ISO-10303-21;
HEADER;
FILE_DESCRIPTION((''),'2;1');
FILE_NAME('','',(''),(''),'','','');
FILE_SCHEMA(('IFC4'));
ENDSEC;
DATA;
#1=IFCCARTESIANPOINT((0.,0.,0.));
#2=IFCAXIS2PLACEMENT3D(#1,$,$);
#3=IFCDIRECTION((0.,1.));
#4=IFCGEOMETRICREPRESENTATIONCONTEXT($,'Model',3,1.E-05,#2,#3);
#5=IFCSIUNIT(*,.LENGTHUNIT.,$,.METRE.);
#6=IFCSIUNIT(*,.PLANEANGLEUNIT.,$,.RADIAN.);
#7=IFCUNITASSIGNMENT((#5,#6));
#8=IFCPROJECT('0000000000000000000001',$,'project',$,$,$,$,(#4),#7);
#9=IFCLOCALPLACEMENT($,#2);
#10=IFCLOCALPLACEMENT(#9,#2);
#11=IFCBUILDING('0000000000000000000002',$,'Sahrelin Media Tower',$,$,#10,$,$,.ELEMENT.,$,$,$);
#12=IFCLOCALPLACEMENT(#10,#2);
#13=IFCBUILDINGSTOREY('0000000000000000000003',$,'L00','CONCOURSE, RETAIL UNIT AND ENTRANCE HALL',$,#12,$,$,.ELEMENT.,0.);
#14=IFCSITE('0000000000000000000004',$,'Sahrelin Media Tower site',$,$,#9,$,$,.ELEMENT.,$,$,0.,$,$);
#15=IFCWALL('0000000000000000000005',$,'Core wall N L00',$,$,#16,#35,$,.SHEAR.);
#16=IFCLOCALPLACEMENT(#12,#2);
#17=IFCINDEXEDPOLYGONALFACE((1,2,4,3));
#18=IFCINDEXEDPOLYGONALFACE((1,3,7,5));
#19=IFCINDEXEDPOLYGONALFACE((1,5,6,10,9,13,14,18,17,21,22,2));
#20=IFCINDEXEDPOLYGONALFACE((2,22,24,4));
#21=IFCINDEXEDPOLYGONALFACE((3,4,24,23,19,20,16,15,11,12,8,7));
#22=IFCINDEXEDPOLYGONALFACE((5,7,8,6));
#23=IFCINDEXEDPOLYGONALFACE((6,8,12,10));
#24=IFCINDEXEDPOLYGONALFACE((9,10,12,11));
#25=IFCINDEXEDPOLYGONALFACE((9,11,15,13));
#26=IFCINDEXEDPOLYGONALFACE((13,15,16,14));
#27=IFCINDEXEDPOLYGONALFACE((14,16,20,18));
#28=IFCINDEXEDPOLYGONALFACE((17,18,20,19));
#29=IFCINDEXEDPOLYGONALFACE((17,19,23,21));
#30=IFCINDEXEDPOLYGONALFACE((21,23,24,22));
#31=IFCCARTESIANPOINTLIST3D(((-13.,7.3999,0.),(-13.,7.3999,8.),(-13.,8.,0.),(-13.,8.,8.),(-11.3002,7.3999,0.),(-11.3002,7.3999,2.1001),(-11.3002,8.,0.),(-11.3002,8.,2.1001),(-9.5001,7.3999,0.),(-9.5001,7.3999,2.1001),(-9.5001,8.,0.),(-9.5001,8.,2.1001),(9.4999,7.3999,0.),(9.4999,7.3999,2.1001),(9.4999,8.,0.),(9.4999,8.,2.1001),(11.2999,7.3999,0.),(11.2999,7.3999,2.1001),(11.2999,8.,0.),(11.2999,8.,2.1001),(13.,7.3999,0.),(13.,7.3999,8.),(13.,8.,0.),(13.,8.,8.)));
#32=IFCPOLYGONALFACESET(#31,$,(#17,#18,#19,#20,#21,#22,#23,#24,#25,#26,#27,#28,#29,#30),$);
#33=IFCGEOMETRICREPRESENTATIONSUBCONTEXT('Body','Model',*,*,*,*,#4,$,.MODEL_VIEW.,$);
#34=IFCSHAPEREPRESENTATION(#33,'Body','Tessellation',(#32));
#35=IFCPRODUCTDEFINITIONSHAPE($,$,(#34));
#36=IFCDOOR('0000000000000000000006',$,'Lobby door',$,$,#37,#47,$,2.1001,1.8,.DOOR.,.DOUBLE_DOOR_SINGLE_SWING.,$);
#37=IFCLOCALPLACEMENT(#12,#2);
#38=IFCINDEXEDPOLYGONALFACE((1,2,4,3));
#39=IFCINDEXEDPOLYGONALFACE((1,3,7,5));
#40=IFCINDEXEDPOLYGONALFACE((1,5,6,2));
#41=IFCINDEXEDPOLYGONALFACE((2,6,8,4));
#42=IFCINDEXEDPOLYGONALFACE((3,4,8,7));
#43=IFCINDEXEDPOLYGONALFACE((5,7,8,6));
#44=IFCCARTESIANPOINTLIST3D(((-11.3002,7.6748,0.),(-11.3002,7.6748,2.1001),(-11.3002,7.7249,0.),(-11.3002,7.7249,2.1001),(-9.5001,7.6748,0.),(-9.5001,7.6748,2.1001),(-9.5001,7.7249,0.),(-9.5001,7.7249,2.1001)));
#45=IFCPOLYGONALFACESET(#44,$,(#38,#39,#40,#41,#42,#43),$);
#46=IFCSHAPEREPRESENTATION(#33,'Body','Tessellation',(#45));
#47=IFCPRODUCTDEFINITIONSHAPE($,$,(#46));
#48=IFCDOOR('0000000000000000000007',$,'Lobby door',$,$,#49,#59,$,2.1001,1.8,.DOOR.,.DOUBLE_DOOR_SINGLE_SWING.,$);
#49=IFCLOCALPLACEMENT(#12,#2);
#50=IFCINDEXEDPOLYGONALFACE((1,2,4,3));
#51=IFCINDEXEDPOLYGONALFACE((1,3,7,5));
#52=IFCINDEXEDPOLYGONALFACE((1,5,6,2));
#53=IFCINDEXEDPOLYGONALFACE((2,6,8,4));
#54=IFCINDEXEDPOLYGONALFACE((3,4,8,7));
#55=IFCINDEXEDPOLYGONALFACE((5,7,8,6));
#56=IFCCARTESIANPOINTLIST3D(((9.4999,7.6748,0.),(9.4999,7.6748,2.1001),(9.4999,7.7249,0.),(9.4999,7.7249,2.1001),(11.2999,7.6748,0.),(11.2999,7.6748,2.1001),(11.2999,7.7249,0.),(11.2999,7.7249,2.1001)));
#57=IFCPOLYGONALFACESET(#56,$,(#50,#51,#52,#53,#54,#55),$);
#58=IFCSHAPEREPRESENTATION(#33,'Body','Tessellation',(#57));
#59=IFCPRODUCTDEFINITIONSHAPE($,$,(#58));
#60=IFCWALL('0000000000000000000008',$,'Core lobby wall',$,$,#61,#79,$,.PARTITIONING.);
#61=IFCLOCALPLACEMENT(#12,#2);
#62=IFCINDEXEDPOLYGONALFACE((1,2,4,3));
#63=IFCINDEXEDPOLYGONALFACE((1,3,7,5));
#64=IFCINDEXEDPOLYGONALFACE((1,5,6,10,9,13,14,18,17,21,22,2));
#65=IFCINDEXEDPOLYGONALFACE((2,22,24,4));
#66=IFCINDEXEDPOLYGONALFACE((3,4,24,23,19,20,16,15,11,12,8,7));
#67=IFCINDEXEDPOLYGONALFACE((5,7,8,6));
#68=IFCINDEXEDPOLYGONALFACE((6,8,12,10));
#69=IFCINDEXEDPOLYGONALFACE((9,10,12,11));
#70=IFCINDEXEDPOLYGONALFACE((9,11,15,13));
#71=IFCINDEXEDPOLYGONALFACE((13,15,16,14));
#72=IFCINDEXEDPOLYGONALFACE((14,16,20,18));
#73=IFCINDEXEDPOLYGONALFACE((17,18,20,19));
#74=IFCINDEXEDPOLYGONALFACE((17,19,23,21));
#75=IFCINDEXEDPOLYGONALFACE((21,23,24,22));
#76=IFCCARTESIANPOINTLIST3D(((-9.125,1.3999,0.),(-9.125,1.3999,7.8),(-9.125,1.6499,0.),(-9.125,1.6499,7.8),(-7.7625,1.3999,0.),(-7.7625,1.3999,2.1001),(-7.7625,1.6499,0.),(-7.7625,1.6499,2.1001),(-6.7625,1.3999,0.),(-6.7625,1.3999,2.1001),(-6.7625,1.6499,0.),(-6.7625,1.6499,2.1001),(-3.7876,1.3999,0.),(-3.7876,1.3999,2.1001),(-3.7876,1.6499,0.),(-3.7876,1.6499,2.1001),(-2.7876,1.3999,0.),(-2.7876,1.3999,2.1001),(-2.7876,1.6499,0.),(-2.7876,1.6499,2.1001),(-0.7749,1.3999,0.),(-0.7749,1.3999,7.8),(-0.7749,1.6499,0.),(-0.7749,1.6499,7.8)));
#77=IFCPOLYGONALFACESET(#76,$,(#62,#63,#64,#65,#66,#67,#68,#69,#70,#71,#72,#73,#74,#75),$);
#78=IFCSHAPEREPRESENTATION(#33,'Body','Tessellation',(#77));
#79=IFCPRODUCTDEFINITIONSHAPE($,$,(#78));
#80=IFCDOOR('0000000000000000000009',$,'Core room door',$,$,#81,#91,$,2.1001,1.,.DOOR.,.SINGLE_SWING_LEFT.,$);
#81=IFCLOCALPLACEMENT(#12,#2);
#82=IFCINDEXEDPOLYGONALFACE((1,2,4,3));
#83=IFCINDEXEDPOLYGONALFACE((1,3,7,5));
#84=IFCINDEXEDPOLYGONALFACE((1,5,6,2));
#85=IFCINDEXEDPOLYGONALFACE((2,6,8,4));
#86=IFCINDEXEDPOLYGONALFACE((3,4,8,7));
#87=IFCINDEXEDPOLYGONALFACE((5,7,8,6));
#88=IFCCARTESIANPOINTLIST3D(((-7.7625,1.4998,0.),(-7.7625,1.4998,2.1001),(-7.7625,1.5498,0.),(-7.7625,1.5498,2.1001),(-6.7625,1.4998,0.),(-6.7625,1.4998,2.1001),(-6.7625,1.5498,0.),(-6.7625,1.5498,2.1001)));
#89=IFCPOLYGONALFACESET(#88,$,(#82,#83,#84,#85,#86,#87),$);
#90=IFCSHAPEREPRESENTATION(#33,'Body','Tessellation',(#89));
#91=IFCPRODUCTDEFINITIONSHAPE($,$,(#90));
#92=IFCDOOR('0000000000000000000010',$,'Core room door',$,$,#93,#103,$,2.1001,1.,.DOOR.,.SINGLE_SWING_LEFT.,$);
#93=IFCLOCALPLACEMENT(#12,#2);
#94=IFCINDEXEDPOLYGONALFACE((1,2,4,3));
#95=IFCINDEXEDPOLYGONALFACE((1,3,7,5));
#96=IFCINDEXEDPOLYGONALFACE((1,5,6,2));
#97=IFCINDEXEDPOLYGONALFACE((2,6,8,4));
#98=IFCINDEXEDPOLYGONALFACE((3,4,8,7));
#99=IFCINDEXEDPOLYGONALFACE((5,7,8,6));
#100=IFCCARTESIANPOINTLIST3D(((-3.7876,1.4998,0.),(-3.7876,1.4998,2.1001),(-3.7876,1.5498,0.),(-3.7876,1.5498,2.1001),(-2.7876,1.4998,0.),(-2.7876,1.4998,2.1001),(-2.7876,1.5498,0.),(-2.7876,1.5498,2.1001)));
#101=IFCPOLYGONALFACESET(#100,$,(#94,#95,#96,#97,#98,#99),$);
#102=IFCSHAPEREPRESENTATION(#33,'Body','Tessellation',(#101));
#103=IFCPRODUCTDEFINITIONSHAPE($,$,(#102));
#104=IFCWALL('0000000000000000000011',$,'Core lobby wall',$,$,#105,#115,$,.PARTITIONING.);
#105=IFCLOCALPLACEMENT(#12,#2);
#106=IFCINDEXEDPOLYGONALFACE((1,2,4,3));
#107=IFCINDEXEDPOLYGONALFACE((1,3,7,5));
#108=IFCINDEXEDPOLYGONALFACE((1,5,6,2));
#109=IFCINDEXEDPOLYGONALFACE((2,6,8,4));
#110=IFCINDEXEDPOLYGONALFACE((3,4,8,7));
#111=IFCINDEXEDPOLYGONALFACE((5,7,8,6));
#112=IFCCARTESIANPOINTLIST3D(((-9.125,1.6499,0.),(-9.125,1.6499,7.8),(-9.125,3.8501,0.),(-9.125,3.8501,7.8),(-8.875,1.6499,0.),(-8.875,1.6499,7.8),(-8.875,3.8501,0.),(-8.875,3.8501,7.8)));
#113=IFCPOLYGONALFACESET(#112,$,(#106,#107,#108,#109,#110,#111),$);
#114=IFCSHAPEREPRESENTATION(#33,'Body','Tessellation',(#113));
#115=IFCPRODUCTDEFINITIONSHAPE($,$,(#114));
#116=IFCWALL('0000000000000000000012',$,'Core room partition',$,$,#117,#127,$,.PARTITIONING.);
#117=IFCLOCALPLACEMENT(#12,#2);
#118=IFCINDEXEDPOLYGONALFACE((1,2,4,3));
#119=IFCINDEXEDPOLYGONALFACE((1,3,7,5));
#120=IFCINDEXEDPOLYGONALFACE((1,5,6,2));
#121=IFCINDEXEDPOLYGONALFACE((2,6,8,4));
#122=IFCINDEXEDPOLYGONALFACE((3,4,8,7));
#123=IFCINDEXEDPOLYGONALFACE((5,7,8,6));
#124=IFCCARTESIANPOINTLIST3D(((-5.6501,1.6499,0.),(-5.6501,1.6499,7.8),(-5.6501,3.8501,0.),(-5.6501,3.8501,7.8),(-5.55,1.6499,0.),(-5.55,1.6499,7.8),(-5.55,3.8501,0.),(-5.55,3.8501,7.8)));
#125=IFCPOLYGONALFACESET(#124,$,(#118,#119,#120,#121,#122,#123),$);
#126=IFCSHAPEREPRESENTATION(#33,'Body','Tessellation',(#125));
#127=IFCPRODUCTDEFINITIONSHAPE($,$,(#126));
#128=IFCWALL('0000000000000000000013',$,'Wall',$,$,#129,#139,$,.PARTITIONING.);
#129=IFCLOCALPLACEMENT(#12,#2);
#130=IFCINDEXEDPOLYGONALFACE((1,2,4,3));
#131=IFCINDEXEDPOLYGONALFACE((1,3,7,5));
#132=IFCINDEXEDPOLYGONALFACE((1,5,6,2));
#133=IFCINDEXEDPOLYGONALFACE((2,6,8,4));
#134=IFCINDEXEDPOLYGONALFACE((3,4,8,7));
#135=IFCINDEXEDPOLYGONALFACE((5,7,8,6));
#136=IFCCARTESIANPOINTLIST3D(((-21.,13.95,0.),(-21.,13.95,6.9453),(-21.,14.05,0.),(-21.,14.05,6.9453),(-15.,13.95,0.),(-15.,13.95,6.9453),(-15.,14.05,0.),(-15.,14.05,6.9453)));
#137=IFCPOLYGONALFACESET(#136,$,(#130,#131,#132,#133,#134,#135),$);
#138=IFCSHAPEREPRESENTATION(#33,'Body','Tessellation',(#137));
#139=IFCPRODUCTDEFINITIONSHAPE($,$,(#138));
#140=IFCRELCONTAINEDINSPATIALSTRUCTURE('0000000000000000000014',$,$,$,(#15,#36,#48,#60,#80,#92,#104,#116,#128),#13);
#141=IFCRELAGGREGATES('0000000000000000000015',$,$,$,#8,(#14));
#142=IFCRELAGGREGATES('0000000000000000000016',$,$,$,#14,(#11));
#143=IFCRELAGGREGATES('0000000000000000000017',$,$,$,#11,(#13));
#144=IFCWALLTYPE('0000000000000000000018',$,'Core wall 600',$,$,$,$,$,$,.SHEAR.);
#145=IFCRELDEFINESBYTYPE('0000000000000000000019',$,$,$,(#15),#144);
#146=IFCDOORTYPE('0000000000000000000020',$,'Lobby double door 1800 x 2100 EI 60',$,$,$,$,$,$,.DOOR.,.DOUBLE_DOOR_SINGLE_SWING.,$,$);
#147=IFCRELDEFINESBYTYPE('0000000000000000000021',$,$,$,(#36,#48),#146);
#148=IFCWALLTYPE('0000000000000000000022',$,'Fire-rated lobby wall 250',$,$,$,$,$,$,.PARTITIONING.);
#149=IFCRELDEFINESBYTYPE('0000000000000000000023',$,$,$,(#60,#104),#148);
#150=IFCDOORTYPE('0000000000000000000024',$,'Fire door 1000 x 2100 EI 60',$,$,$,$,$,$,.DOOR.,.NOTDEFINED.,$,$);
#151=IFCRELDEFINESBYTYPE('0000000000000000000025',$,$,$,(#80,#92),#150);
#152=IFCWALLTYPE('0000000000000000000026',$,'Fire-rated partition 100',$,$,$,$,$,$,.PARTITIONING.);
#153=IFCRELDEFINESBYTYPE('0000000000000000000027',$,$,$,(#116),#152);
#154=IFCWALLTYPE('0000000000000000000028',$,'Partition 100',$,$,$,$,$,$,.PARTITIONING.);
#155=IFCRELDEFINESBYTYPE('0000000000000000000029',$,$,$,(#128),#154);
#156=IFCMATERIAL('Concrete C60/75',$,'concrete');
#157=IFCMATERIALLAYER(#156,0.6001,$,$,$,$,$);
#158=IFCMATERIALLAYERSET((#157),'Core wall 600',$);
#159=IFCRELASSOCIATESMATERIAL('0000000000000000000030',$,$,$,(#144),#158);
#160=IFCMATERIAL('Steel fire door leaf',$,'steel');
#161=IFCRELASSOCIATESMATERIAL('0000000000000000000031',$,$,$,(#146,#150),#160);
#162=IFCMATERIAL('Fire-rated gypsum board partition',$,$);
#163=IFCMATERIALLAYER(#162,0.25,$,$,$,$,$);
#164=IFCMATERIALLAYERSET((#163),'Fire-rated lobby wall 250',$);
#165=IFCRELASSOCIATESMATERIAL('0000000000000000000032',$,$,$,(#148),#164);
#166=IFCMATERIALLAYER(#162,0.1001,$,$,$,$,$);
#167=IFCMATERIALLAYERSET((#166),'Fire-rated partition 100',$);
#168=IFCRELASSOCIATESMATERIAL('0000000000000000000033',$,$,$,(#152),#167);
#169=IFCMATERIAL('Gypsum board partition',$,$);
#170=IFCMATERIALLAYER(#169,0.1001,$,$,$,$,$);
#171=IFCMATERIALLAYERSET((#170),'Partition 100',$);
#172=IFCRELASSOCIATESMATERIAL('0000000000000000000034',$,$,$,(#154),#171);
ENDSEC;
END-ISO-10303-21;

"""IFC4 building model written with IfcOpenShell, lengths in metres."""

from ifc_helpers import new_model, si_unit, direction, frame, frame_2d, origin, place, context, subcontext, project, spatial, rectangle, extrude, material, layer, layer_set, type_object, element, fill, save


model = new_model("IFC4")

# Units and contexts
model_context = context("Model", 3, precision=1e-05, world=origin(), true_north=direction((0.0, 1.0)))
body_context = subcontext(model_context, "Body", "Model", "MODEL_VIEW")
ifc_project = project(units=[si_unit("LENGTHUNIT", "METRE"), si_unit("PLANEANGLEUNIT", "RADIAN")], contexts=[model_context])

# Site, building, storey
site_placement = place(None, origin())
site = spatial("IfcSite", under=ifc_project, at=site_placement, Name="Sahrelin Media Tower site", CompositionType="ELEMENT", RefElevation=0.0)
building_placement = place(site_placement, origin())
building = spatial("IfcBuilding", under=site, at=building_placement, Name="Sahrelin Media Tower", CompositionType="ELEMENT")
storey_placement = place(building_placement, origin())
storey = spatial("IfcBuildingStorey", under=building, at=storey_placement, Name="L00", Description="CONCOURSE, RETAIL UNIT AND ENTRANCE HALL", CompositionType="ELEMENT", Elevation=0.0)

# Walls, openings, doors
ifc_material_1 = material(Name="Concrete C60/75", Category="concrete")
ifc_layer_1 = layer(ifc_material_1, 0.6001)
ifc_layer_set_1 = layer_set([ifc_layer_1], Name="Core wall 600")
wall_type_1 = type_object("IfcWallType", Name="Core wall 600", PredefinedType="SHEAR", material=ifc_layer_set_1)
wall_1_placement = place(storey_placement, frame((-13.0, 7.7, 0.0), z_axis=(0.0, 0.0, 1.0), x_axis=(1.0, 0.0, 0.0)))
wall_1 = element("IfcWall", 1, at=wall_1_placement, inside=storey, type_object=wall_type_1, Name="Core wall N L00", PredefinedType="SHEAR", context=body_context, shape_type="SweptSolid", body=[
    extrude(rectangle(XDim=26.0, YDim=0.6001, at=frame_2d((13.0, 0.0))), origin(), (0.0, 0.0, 1.0), 8.0),
])
opening_1_placement = place(wall_1_placement, frame((1.7, 0.0, 0.0)))
opening_1 = element("IfcOpeningElement", 2, at=opening_1_placement, cuts=wall_1, PredefinedType="OPENING", context=body_context, shape_type="SweptSolid", body=[
    extrude(rectangle(XDim=1.8, YDim=2.1001, at=frame_2d((0.8999, 1.05))), frame((0.0, 0.3, 0.0), z_axis=(0.0, -1.0, 0.0), x_axis=(1.0, 0.0, 0.0)), (0.0, 0.0, 1.0), 0.6001),
])
opening_2_placement = place(wall_1_placement, frame((22.5, 0.0, 0.0)))
opening_2 = element("IfcOpeningElement", 3, at=opening_2_placement, cuts=wall_1, PredefinedType="OPENING", context=body_context, shape_type="SweptSolid", body=[
    extrude(rectangle(XDim=1.8, YDim=2.1001, at=frame_2d((0.8999, 1.05))), frame((0.0, 0.3, 0.0), z_axis=(0.0, -1.0, 0.0), x_axis=(1.0, 0.0, 0.0)), (0.0, 0.0, 1.0), 0.6001),
])
ifc_material_2 = material(Name="Steel fire door leaf", Category="steel")
door_type_1 = type_object("IfcDoorType", Name="Lobby double door 1800 x 2100 EI 60", OperationType="DOUBLE_DOOR_SINGLE_SWING", PredefinedType="DOOR", material=ifc_material_2)
door_1_placement = place(opening_1_placement, origin())
door_1 = element("IfcDoor", 4, at=door_1_placement, inside=storey, type_object=door_type_1, Name="Lobby door", OperationType="DOUBLE_DOOR_SINGLE_SWING", OverallHeight=2.1001, OverallWidth=1.8, PredefinedType="DOOR", context=body_context, shape_type="SweptSolid", body=[
    extrude(rectangle(XDim=1.8, YDim=2.1001, at=frame_2d((0.8999, 1.05))), frame((0.0, 0.0249, 0.0), z_axis=(0.0, -1.0, 0.0), x_axis=(1.0, 0.0, 0.0)), (0.0, 0.0, 1.0), 0.05),
])
fill(opening_1, door_1)
door_2_placement = place(opening_2_placement, origin())
door_2 = element("IfcDoor", 5, at=door_2_placement, inside=storey, type_object=door_type_1, Name="Lobby door", OperationType="DOUBLE_DOOR_SINGLE_SWING", OverallHeight=2.1001, OverallWidth=1.8, PredefinedType="DOOR", context=body_context, shape_type="SweptSolid", body=[
    extrude(rectangle(XDim=1.8, YDim=2.1001, at=frame_2d((0.8999, 1.05))), frame((0.0, 0.0249, 0.0), z_axis=(0.0, -1.0, 0.0), x_axis=(1.0, 0.0, 0.0)), (0.0, 0.0, 1.0), 0.05),
])
fill(opening_2, door_2)
ifc_material_3 = material(Name="Fire-rated gypsum board partition")
ifc_layer_2 = layer(ifc_material_3, 0.25)
ifc_layer_set_2 = layer_set([ifc_layer_2], Name="Fire-rated lobby wall 250")
wall_type_2 = type_object("IfcWallType", Name="Fire-rated lobby wall 250", PredefinedType="PARTITIONING", material=ifc_layer_set_2)
wall_2_placement = place(storey_placement, frame((-9.125, 1.5249, 0.0), z_axis=(0.0, 0.0, 1.0), x_axis=(1.0, 0.0, 0.0)))
wall_2 = element("IfcWall", 6, at=wall_2_placement, inside=storey, type_object=wall_type_2, Name="Core lobby wall", PredefinedType="PARTITIONING", context=body_context, shape_type="SweptSolid", body=[
    extrude(rectangle(XDim=8.3501, YDim=0.25, at=frame_2d((4.175, 0.0))), origin(), (0.0, 0.0, 1.0), 7.8),
])
opening_3_placement = place(wall_2_placement, frame((1.3625, 0.0, 0.0)))
opening_3 = element("IfcOpeningElement", 7, at=opening_3_placement, cuts=wall_2, PredefinedType="OPENING", context=body_context, shape_type="SweptSolid", body=[
    extrude(rectangle(XDim=1.0, YDim=2.1001, at=frame_2d((0.5, 1.05))), frame((0.0, 0.125, 0.0), z_axis=(0.0, -1.0, 0.0), x_axis=(1.0, 0.0, 0.0)), (0.0, 0.0, 1.0), 0.25),
])
opening_4_placement = place(wall_2_placement, frame((5.3374, 0.0, 0.0)))
opening_4 = element("IfcOpeningElement", 8, at=opening_4_placement, cuts=wall_2, PredefinedType="OPENING", context=body_context, shape_type="SweptSolid", body=[
    extrude(rectangle(XDim=1.0, YDim=2.1001, at=frame_2d((0.5, 1.05))), frame((0.0, 0.125, 0.0), z_axis=(0.0, -1.0, 0.0), x_axis=(1.0, 0.0, 0.0)), (0.0, 0.0, 1.0), 0.25),
])
door_type_2 = type_object("IfcDoorType", Name="Fire door 1000 x 2100 EI 60", OperationType="NOTDEFINED", PredefinedType="DOOR", material=ifc_material_2)
door_3_placement = place(opening_3_placement, origin())
door_3 = element("IfcDoor", 9, at=door_3_placement, inside=storey, type_object=door_type_2, Name="Core room door", OperationType="SINGLE_SWING_LEFT", OverallHeight=2.1001, OverallWidth=1.0, PredefinedType="DOOR", context=body_context, shape_type="SweptSolid", body=[
    extrude(rectangle(XDim=1.0, YDim=2.1001, at=frame_2d((0.5, 1.05))), frame((0.0, 0.0249, 0.0), z_axis=(0.0, -1.0, 0.0), x_axis=(1.0, 0.0, 0.0)), (0.0, 0.0, 1.0), 0.05),
])
fill(opening_3, door_3)
door_4_placement = place(opening_4_placement, origin())
door_4 = element("IfcDoor", 10, at=door_4_placement, inside=storey, type_object=door_type_2, Name="Core room door", OperationType="SINGLE_SWING_LEFT", OverallHeight=2.1001, OverallWidth=1.0, PredefinedType="DOOR", context=body_context, shape_type="SweptSolid", body=[
    extrude(rectangle(XDim=1.0, YDim=2.1001, at=frame_2d((0.5, 1.05))), frame((0.0, 0.0249, 0.0), z_axis=(0.0, -1.0, 0.0), x_axis=(1.0, 0.0, 0.0)), (0.0, 0.0, 1.0), 0.05),
])
fill(opening_4, door_4)

# Walls
wall_3_placement = place(storey_placement, frame((-9.0, 1.6499, 0.0), z_axis=(0.0, 0.0, 1.0), x_axis=(0.0, 1.0, 0.0)))
element("IfcWall", 11, at=wall_3_placement, inside=storey, type_object=wall_type_2, Name="Core lobby wall", PredefinedType="PARTITIONING", context=body_context, shape_type="SweptSolid", body=[
    extrude(rectangle(XDim=2.2002, YDim=0.25, at=frame_2d((1.1001, 0.0))), origin(), (0.0, 0.0, 1.0), 7.8),
])
ifc_layer_3 = layer(ifc_material_3, 0.1001)
ifc_layer_set_3 = layer_set([ifc_layer_3], Name="Fire-rated partition 100")
wall_type_3 = type_object("IfcWallType", Name="Fire-rated partition 100", PredefinedType="PARTITIONING", material=ifc_layer_set_3)
wall_4_placement = place(storey_placement, frame((-5.6001, 1.6499, 0.0), z_axis=(0.0, 0.0, 1.0), x_axis=(0.0, 1.0, 0.0)))
element("IfcWall", 12, at=wall_4_placement, inside=storey, type_object=wall_type_3, Name="Core room partition", PredefinedType="PARTITIONING", context=body_context, shape_type="SweptSolid", body=[
    extrude(rectangle(XDim=2.2002, YDim=0.1001, at=frame_2d((1.1001, 0.0))), origin(), (0.0, 0.0, 1.0), 7.8),
])
ifc_material_4 = material(Name="Gypsum board partition")
ifc_layer_4 = layer(ifc_material_4, 0.1001)
ifc_layer_set_4 = layer_set([ifc_layer_4], Name="Partition 100")
wall_type_4 = type_object("IfcWallType", Name="Partition 100", PredefinedType="PARTITIONING", material=ifc_layer_set_4)
wall_5_placement = place(storey_placement, frame((-15.0, 14.0, 0.0), z_axis=(0.0, 0.0, 1.0), x_axis=(-1.0, 0.0, 0.0)))
element("IfcWall", 13, at=wall_5_placement, inside=storey, type_object=wall_type_4, Name="Wall", PredefinedType="PARTITIONING", context=body_context, shape_type="SweptSolid", body=[
    extrude(rectangle(XDim=6.0, YDim=0.1001, at=frame_2d((3.0, 0.0))), origin(), (0.0, 0.0, 1.0), 6.9453),
])

save(model, "model.ifc")
